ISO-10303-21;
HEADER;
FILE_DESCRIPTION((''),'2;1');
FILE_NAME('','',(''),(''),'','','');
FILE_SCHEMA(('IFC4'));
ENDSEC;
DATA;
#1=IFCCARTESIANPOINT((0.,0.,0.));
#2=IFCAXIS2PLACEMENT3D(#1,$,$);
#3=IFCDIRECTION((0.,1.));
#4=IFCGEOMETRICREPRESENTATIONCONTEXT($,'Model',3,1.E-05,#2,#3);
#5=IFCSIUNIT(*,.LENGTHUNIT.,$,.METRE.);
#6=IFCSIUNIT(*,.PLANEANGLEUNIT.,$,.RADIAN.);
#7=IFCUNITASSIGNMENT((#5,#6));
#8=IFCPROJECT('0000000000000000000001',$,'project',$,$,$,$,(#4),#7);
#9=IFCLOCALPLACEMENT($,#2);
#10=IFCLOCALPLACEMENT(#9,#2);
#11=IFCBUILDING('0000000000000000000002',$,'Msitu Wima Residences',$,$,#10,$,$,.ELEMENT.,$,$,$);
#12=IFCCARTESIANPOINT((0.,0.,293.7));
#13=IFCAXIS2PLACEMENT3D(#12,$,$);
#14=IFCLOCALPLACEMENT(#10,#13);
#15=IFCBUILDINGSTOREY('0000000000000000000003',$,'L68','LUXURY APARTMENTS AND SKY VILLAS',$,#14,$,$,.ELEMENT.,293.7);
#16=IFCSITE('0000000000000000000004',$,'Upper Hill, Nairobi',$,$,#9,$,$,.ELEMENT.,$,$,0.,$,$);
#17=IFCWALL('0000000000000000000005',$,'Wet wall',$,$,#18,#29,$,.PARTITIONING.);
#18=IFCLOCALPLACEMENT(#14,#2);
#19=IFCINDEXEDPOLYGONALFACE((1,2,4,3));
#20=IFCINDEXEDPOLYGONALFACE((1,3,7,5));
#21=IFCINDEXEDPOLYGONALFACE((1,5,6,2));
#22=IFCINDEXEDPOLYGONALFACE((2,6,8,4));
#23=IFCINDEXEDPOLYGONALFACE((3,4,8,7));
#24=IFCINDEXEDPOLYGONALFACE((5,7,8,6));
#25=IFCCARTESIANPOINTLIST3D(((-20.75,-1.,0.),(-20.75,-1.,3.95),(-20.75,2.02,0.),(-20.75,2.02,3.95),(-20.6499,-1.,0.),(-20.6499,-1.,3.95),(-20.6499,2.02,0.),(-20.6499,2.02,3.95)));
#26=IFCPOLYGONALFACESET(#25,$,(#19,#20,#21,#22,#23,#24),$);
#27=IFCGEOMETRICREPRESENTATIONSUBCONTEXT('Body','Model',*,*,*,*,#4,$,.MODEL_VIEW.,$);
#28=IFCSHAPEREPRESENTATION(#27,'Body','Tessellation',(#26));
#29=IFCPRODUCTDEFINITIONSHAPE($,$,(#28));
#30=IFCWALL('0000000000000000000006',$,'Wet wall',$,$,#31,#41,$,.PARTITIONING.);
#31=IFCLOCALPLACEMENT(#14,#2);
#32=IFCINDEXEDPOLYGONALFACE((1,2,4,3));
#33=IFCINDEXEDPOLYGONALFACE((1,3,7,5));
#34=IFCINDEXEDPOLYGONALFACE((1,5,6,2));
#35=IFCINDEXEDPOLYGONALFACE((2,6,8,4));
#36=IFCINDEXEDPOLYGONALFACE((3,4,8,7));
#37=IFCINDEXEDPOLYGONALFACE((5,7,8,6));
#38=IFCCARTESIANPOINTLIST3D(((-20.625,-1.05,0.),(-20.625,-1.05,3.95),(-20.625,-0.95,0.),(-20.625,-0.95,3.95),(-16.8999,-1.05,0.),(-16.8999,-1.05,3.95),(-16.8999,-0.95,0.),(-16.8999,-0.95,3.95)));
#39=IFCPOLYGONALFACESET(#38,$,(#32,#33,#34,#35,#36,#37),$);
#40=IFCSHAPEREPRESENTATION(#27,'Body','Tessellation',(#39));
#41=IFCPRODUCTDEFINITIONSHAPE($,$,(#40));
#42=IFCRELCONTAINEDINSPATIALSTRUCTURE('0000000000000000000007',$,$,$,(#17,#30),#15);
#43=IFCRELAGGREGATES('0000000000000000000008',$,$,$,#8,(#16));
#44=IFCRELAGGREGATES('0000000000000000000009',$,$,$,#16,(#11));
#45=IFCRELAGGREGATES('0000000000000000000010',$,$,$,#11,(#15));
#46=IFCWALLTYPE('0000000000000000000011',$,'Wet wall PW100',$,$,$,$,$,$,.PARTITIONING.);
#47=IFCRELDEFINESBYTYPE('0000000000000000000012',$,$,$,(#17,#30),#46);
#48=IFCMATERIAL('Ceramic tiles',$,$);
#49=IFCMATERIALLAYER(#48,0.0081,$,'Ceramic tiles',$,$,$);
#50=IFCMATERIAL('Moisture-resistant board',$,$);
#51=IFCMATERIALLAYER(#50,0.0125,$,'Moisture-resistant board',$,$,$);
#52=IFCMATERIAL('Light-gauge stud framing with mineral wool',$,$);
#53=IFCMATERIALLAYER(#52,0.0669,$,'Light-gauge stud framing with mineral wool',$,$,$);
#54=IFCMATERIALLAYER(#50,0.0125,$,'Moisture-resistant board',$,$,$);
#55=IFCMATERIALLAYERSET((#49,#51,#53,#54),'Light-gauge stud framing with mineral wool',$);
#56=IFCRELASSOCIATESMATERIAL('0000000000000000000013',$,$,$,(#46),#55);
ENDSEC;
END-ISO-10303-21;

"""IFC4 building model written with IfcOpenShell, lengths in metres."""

from ifc_helpers import new_model, si_unit, direction, frame, frame_2d, origin, place, context, subcontext, project, spatial, rectangle, extrude, material, layer, layer_set, type_object, element, save


model = new_model("IFC4")

# Units and contexts
model_context = context("Model", 3, precision=1e-05, world=origin(), true_north=direction((0.0, 1.0)))
body_context = subcontext(model_context, "Body", "Model", "MODEL_VIEW")
ifc_project = project(units=[si_unit("LENGTHUNIT", "METRE"), si_unit("PLANEANGLEUNIT", "RADIAN")], contexts=[model_context])

# Site, building, storey
site_placement = place(None, origin())
site = spatial("IfcSite", under=ifc_project, at=site_placement, Name="Upper Hill, Nairobi", CompositionType="ELEMENT", RefElevation=0.0)
building_placement = place(site_placement, origin())
building = spatial("IfcBuilding", under=site, at=building_placement, Name="Msitu Wima Residences", CompositionType="ELEMENT")
storey_placement = place(building_placement, frame((0.0, 0.0, 293.7)))
storey = spatial("IfcBuildingStorey", under=building, at=storey_placement, Name="L68", Description="LUXURY APARTMENTS AND SKY VILLAS", CompositionType="ELEMENT", Elevation=293.7)

# Walls
ifc_material_1 = material(Name="Ceramic tiles")
ifc_layer_1 = layer(ifc_material_1, 0.0081, Name="Ceramic tiles")
ifc_material_2 = material(Name="Moisture-resistant board")
ifc_layer_2 = layer(ifc_material_2, 0.0125, Name="Moisture-resistant board")
ifc_material_3 = material(Name="Light-gauge stud framing with mineral wool")
ifc_layer_3 = layer(ifc_material_3, 0.0669, Name="Light-gauge stud framing with mineral wool")
ifc_layer_4 = layer(ifc_material_2, 0.0125, Name="Moisture-resistant board")
ifc_layer_set_1 = layer_set([ifc_layer_1, ifc_layer_2, ifc_layer_3, ifc_layer_4], Name="Light-gauge stud framing with mineral wool")
wall_type_1 = type_object("IfcWallType", Name="Wet wall PW100", PredefinedType="PARTITIONING", material=ifc_layer_set_1)
wall_1_placement = place(storey_placement, frame((-20.7, -1.0, 0.0), z_axis=(0.0, 0.0, 1.0), x_axis=(0.0, 1.0, 0.0)))
element("IfcWall", 1, at=wall_1_placement, inside=storey, type_object=wall_type_1, Name="Wet wall", PredefinedType="PARTITIONING", context=body_context, shape_type="SweptSolid", body=[
    extrude(rectangle(XDim=3.02, YDim=0.1001, at=frame_2d((1.51, 0.0))), origin(), (0.0, 0.0, 1.0), 3.95),
])
wall_2_placement = place(storey_placement, frame((-20.625, -1.0, 0.0), z_axis=(0.0, 0.0, 1.0), x_axis=(1.0, 0.0, 0.0)))
element("IfcWall", 2, at=wall_2_placement, inside=storey, type_object=wall_type_1, Name="Wet wall", PredefinedType="PARTITIONING", context=body_context, shape_type="SweptSolid", body=[
    extrude(rectangle(XDim=3.7251, YDim=0.1001, at=frame_2d((1.8625, 0.0))), origin(), (0.0, 0.0, 1.0), 3.95),
])

save(model, "model.ifc")
